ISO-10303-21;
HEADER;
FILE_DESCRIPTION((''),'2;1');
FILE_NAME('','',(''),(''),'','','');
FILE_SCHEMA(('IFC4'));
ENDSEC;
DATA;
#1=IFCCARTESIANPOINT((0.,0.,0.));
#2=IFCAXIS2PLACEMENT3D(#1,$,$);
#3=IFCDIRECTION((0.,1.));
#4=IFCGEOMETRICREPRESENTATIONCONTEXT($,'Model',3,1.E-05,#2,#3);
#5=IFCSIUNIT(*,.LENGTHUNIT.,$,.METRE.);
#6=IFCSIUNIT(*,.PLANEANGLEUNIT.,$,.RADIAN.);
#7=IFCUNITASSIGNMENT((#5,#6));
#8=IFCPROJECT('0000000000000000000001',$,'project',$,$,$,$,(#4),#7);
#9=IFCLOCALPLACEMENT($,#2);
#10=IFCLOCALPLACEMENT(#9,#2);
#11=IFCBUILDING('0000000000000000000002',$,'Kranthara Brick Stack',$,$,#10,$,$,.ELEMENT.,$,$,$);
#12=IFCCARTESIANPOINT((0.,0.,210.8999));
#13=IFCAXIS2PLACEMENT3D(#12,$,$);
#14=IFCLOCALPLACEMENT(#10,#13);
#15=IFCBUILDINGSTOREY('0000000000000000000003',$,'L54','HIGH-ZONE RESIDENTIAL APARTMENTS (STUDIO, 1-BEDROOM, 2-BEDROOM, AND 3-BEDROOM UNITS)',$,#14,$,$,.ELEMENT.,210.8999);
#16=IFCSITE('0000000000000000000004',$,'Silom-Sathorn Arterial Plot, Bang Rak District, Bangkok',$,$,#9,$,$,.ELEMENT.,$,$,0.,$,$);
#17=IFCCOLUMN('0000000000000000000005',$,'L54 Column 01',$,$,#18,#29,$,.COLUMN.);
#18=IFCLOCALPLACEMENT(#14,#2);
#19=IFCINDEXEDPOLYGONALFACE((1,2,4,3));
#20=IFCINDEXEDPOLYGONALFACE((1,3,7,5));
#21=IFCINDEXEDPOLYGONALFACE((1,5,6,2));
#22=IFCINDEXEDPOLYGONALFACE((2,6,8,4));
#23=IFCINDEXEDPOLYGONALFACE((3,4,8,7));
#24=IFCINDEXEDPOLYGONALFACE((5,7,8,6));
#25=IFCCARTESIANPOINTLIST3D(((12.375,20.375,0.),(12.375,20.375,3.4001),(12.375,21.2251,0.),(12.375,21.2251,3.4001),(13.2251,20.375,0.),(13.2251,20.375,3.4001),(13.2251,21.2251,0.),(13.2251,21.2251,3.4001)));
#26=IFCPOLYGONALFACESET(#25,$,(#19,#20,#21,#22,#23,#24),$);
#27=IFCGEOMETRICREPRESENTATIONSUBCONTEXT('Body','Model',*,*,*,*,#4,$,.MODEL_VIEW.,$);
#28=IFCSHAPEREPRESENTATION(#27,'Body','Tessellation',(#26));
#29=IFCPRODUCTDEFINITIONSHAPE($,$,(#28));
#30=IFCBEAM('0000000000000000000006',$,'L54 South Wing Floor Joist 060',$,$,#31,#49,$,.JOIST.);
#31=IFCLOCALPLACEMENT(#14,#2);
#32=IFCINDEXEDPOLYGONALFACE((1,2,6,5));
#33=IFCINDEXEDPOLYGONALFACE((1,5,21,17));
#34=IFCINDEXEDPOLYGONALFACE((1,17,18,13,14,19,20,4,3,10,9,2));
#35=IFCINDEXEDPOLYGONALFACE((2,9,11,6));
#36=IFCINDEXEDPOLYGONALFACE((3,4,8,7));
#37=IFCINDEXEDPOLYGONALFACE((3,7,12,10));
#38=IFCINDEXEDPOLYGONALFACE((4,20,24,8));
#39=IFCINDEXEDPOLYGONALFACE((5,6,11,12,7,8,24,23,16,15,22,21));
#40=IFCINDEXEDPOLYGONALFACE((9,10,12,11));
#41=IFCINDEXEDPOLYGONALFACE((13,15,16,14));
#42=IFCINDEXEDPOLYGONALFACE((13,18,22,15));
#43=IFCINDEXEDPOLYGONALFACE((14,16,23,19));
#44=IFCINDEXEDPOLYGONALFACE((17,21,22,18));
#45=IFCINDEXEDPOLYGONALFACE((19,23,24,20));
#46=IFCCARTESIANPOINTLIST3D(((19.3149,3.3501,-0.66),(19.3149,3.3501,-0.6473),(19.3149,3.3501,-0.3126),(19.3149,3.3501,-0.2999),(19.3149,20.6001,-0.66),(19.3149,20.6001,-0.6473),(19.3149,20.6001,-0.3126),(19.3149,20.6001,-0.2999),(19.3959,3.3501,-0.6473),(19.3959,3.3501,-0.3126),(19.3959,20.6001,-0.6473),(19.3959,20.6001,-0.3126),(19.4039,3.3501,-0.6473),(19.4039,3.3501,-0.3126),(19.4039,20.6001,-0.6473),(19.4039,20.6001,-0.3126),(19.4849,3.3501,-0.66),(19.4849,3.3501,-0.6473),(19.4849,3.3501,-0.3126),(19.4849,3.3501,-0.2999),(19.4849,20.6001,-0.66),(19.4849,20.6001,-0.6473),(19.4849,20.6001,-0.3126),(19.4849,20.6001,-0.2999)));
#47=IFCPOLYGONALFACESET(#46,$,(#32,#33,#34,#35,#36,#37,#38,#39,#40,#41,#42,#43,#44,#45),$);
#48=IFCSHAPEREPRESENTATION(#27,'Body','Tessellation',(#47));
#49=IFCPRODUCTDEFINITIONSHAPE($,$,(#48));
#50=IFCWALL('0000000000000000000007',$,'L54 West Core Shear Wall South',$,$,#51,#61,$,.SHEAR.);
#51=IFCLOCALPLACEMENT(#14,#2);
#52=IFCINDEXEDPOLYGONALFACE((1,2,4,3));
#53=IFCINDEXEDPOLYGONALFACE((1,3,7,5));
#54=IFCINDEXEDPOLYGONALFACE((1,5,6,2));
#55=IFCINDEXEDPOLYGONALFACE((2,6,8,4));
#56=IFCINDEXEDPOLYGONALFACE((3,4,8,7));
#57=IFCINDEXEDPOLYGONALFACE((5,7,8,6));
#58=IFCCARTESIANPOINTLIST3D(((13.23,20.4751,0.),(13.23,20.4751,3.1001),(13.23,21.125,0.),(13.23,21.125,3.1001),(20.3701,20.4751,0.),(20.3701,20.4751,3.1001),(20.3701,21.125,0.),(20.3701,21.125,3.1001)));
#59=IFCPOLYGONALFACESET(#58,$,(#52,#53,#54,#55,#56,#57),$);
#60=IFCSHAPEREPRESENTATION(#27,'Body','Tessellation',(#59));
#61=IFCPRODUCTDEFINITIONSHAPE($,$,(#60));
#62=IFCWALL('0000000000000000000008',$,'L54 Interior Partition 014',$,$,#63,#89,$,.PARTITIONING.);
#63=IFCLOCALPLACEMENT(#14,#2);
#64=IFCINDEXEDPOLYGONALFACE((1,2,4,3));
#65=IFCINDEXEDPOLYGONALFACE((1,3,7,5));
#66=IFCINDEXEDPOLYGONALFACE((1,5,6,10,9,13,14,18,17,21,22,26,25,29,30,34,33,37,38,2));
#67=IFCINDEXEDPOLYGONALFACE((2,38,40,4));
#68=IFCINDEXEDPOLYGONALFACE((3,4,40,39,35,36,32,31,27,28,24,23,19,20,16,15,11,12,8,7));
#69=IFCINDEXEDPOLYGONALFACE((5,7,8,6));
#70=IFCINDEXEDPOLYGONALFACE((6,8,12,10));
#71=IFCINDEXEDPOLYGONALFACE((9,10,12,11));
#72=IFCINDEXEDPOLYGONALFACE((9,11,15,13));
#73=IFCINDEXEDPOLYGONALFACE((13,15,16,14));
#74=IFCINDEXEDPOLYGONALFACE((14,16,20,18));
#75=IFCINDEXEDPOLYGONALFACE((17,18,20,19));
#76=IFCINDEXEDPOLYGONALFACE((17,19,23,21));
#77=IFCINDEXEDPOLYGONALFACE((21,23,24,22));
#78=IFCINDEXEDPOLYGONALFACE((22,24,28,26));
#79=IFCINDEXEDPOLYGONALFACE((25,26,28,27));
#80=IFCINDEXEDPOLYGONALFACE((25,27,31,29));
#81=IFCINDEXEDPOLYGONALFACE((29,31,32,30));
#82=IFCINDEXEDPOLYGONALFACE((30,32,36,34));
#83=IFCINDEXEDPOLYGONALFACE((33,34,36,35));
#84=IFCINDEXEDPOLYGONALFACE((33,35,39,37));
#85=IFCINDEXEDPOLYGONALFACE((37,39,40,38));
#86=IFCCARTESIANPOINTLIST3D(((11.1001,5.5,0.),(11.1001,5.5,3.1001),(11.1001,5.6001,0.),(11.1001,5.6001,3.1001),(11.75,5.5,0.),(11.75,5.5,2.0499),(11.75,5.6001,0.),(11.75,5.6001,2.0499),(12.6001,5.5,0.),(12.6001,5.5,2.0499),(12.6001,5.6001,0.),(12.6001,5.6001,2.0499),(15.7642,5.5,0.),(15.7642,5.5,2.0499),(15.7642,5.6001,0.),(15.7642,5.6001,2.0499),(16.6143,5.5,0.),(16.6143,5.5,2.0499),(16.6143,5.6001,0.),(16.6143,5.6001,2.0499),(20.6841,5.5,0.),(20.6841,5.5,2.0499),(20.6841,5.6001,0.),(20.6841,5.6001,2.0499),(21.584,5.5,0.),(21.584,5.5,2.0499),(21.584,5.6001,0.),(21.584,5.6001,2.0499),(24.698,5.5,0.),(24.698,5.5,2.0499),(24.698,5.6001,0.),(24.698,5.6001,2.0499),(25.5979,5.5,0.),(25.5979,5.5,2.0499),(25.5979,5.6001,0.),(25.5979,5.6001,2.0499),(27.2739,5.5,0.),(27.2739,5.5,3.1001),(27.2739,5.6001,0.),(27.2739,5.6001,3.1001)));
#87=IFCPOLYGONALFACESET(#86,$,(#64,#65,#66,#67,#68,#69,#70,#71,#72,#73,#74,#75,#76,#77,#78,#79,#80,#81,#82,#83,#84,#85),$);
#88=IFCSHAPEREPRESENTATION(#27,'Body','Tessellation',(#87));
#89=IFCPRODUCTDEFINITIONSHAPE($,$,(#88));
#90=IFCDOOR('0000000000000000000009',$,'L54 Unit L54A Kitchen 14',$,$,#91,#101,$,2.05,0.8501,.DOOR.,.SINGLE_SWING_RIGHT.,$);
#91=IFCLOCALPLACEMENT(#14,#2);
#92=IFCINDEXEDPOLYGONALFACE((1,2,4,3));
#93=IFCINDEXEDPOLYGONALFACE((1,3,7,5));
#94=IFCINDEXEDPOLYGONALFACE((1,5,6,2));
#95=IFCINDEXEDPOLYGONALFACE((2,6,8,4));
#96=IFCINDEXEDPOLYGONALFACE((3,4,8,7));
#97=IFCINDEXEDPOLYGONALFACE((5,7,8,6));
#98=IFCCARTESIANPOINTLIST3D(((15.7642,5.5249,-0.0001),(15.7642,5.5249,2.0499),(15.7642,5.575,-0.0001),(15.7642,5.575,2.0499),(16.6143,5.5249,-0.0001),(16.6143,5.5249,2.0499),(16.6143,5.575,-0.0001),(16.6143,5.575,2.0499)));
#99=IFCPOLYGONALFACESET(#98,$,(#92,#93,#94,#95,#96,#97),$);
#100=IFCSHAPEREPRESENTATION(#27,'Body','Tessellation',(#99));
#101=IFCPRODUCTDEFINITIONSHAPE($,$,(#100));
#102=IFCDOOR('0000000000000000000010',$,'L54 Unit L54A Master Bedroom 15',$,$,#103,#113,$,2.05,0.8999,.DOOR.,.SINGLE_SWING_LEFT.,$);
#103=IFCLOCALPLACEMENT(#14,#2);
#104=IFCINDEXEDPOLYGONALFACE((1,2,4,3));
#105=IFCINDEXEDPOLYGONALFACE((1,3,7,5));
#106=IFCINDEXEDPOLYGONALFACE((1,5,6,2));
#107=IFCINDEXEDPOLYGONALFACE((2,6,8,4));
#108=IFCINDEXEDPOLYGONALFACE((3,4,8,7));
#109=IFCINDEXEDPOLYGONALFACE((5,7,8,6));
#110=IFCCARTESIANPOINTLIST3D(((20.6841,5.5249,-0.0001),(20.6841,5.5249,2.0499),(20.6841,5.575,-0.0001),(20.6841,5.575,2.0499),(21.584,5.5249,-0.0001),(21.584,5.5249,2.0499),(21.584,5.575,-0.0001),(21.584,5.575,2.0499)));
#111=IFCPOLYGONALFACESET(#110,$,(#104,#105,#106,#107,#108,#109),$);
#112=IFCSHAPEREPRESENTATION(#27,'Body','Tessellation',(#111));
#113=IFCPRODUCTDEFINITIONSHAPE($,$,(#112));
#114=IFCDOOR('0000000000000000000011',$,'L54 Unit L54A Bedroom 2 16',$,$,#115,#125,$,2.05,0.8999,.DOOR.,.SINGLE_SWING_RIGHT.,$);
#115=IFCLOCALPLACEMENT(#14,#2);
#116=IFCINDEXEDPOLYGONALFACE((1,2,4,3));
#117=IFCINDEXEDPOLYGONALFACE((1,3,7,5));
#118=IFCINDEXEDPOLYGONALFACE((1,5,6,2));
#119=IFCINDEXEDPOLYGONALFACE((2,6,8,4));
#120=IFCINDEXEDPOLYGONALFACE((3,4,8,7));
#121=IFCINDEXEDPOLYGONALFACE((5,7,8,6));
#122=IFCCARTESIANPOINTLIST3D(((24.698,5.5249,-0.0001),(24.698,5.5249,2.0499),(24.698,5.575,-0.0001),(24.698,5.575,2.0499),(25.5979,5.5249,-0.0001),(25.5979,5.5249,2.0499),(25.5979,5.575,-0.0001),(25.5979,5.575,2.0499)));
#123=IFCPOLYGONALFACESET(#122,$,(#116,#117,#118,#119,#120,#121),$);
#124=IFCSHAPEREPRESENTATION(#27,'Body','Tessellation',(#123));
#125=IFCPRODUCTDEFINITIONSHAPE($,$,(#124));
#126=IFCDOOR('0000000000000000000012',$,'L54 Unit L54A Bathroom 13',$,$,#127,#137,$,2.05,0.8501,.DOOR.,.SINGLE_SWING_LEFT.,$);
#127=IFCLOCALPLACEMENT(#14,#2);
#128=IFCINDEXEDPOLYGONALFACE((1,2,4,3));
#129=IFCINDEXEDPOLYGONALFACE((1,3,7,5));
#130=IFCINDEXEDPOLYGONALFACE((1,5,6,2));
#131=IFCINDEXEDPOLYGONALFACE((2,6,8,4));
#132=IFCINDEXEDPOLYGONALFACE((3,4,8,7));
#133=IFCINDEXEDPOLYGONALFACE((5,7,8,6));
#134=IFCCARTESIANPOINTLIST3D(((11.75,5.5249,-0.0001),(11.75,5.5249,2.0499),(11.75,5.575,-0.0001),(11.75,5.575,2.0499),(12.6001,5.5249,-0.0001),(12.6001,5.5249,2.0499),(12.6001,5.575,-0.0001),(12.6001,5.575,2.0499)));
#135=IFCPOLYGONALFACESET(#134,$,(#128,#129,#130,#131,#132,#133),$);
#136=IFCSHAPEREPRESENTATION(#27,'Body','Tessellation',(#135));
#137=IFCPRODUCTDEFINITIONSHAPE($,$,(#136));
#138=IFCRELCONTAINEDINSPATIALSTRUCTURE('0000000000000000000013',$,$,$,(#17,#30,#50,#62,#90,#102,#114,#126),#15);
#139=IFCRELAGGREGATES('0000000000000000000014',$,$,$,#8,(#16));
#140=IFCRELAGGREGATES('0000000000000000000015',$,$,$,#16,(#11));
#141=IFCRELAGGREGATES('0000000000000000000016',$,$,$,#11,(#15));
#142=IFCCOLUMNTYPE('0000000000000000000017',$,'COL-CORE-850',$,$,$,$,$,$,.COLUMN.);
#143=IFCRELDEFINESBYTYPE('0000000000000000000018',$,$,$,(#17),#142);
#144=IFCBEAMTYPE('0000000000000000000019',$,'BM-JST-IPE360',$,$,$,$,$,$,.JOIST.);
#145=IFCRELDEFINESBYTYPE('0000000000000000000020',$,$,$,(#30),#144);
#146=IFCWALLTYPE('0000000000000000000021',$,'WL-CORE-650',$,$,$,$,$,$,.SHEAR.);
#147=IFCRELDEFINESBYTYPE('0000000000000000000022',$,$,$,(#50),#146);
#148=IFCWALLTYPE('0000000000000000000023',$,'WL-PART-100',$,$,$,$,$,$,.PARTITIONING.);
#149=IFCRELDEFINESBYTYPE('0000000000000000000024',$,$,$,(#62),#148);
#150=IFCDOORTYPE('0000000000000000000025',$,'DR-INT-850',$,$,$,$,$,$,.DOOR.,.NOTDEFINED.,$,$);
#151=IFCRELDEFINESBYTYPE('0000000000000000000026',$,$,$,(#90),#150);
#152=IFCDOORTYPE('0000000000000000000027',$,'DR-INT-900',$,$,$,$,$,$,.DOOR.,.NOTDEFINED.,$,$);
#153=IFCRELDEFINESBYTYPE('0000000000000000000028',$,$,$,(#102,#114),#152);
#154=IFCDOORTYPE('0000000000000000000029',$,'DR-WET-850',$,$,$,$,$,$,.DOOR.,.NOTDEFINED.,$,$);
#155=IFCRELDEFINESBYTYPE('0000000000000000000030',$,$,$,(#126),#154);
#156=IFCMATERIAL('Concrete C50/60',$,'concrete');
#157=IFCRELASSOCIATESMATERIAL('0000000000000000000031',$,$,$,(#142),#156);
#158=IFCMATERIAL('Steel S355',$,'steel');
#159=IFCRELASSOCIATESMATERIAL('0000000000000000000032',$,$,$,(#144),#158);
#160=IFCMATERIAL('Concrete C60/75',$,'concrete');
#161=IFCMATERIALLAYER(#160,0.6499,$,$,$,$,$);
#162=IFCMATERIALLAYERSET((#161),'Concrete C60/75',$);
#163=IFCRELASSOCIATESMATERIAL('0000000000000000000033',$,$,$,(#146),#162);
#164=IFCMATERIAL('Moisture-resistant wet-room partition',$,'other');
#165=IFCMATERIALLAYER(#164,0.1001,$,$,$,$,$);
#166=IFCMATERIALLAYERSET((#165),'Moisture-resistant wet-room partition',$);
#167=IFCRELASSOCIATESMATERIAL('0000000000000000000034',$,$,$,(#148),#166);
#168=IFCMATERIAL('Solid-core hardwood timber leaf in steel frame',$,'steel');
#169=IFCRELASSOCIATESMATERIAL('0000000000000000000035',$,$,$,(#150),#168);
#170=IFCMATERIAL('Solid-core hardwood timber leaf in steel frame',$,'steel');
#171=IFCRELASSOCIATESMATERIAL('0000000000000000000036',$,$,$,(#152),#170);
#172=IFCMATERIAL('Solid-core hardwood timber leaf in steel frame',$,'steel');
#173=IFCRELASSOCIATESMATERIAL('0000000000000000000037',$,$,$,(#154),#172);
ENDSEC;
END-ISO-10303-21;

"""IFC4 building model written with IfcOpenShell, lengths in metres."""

from ifc_helpers import new_model, si_unit, direction, frame, frame_2d, origin, origin_2d, place, context, subcontext, project, spatial, rectangle, i_section, extrude, material, layer, layer_set, material_profile, profile_set, type_object, element, fill, save


model = new_model("IFC4")

# Units and contexts
model_context = context("Model", 3, precision=1e-05, world=origin(), true_north=direction((0.0, 1.0)))
body_context = subcontext(model_context, "Body", "Model", "MODEL_VIEW")
ifc_project = project(units=[si_unit("LENGTHUNIT", "METRE"), si_unit("PLANEANGLEUNIT", "RADIAN")], contexts=[model_context])

# Site, building, storey
site_placement = place(None, origin())
site = spatial("IfcSite", under=ifc_project, at=site_placement, Name="Silom-Sathorn Arterial Plot, Bang Rak District, Bangkok", CompositionType="ELEMENT", RefElevation=0.0)
building_placement = place(site_placement, origin())
building = spatial("IfcBuilding", under=site, at=building_placement, Name="Kranthara Brick Stack", CompositionType="ELEMENT")
storey_placement = place(building_placement, frame((0.0, 0.0, 210.8999)))
storey = spatial("IfcBuildingStorey", under=building, at=storey_placement, Name="L54", Description="HIGH-ZONE RESIDENTIAL APARTMENTS (STUDIO, 1-BEDROOM, 2-BEDROOM, AND 3-BEDROOM UNITS)", CompositionType="ELEMENT", Elevation=210.8999)

# Column
ifc_material_1 = material(Name="Concrete C50/60", Category="concrete")
ifc_material_profile_1 = material_profile(ifc_material_1, rectangle(XDim=0.8501, YDim=0.8501, at=origin_2d()), Name="RC 850x850")
ifc_profile_set_1 = profile_set([ifc_material_profile_1], Name="Concrete C50/60")
column_type = type_object("IfcColumnType", Name="COL-CORE-850", PredefinedType="COLUMN", material=ifc_profile_set_1)
column_placement = place(storey_placement, frame((12.8, 20.8, 0.0), z_axis=(0.0, 0.0, 1.0), x_axis=(1.0, 0.0, 0.0)))
element("IfcColumn", 1, at=column_placement, inside=storey, type_object=column_type, Name="L54 Column 01", PredefinedType="COLUMN", context=body_context, shape_type="SweptSolid", body=[
    extrude(rectangle(XDim=0.8501, YDim=0.8501, at=origin_2d()), origin(), (0.0, 0.0, 1.0), 3.4001),
])

# Beam
ifc_material_2 = material(Name="Steel S355", Category="steel")
ifc_material_profile_2 = material_profile(ifc_material_2, i_section(OverallWidth=0.1699, OverallDepth=0.3601, WebThickness=0.0081, FlangeThickness=0.0127, at=origin_2d()), Name="IPE 360")
ifc_profile_set_2 = profile_set([ifc_material_profile_2], Name="Steel S355")
beam_type = type_object("IfcBeamType", Name="BM-JST-IPE360", PredefinedType="JOIST", material=ifc_profile_set_2)
beam_placement = place(storey_placement, frame((19.3999, 3.3501, -0.48), z_axis=(0.0, 1.0, 0.0), x_axis=(-1.0, 0.0, 0.0)))
element("IfcBeam", 2, at=beam_placement, inside=storey, type_object=beam_type, Name="L54 South Wing Floor Joist 060", PredefinedType="JOIST", context=body_context, shape_type="SweptSolid", body=[
    extrude(i_section(OverallWidth=0.1699, OverallDepth=0.3601, WebThickness=0.0081, FlangeThickness=0.0127, at=origin_2d()), origin(), (0.0, 0.0, 1.0), 17.25),
])

# Wall
ifc_material_3 = material(Name="Concrete C60/75", Category="concrete")
ifc_layer_1 = layer(ifc_material_3, 0.6499)
ifc_layer_set_1 = layer_set([ifc_layer_1], Name="Concrete C60/75")
wall_type_1 = type_object("IfcWallType", Name="WL-CORE-650", PredefinedType="SHEAR", material=ifc_layer_set_1)
wall_1_placement = place(storey_placement, frame((13.23, 20.8, 0.0), z_axis=(0.0, 0.0, 1.0), x_axis=(1.0, 0.0, 0.0)))
element("IfcWall", 3, at=wall_1_placement, inside=storey, type_object=wall_type_1, Name="L54 West Core Shear Wall South", PredefinedType="SHEAR", context=body_context, shape_type="SweptSolid", body=[
    extrude(rectangle(XDim=7.1401, YDim=0.6499, at=frame_2d((3.5701, 0.0))), origin(), (0.0, 0.0, 1.0), 3.1001),
])

# Wall, openings, doors
ifc_material_4 = material(Name="Moisture-resistant wet-room partition", Category="other")
ifc_layer_2 = layer(ifc_material_4, 0.1001)
ifc_layer_set_2 = layer_set([ifc_layer_2], Name="Moisture-resistant wet-room partition")
wall_type_2 = type_object("IfcWallType", Name="WL-PART-100", PredefinedType="PARTITIONING", material=ifc_layer_set_2)
wall_2_placement = place(storey_placement, frame((11.1001, 5.55, 0.0), z_axis=(0.0, 0.0, 1.0), x_axis=(1.0, 0.0, 0.0)))
wall_2 = element("IfcWall", 4, at=wall_2_placement, inside=storey, type_object=wall_type_2, Name="L54 Interior Partition 014", PredefinedType="PARTITIONING", context=body_context, shape_type="SweptSolid", body=[
    extrude(rectangle(XDim=16.1738, YDim=0.1001, at=frame_2d((8.0869, 0.0))), origin(), (0.0, 0.0, 1.0), 3.1001),
])
opening_1_placement = place(wall_2_placement, frame((0.6499, 0.0, 0.0)))
opening_1 = element("IfcOpeningElement", 5, at=opening_1_placement, cuts=wall_2, PredefinedType="OPENING", context=body_context, shape_type="SweptSolid", body=[
    extrude(rectangle(XDim=0.8501, YDim=2.05, at=frame_2d((0.425, 1.0249))), frame((0.0, 0.0601, 0.0), z_axis=(0.0, -1.0, 0.0), x_axis=(1.0, 0.0, 0.0)), (0.0, 0.0, 1.0), 0.1201),
])
opening_2_placement = place(wall_2_placement, frame((4.6641, 0.0, 0.0)))
opening_2 = element("IfcOpeningElement", 6, at=opening_2_placement, cuts=wall_2, PredefinedType="OPENING", context=body_context, shape_type="SweptSolid", body=[
    extrude(rectangle(XDim=0.8501, YDim=2.05, at=frame_2d((0.425, 1.0249))), frame((0.0, 0.0601, 0.0), z_axis=(0.0, -1.0, 0.0), x_axis=(1.0, 0.0, 0.0)), (0.0, 0.0, 1.0), 0.1201),
])
opening_3_placement = place(wall_2_placement, frame((9.584, 0.0, 0.0)))
opening_3 = element("IfcOpeningElement", 7, at=opening_3_placement, cuts=wall_2, PredefinedType="OPENING", context=body_context, shape_type="SweptSolid", body=[
    extrude(rectangle(XDim=0.8999, YDim=2.05, at=frame_2d((0.45, 1.0249))), frame((0.0, 0.0601, 0.0), z_axis=(0.0, -1.0, 0.0), x_axis=(1.0, 0.0, 0.0)), (0.0, 0.0, 1.0), 0.1201),
])
opening_4_placement = place(wall_2_placement, frame((13.5979, 0.0, 0.0)))
opening_4 = element("IfcOpeningElement", 8, at=opening_4_placement, cuts=wall_2, PredefinedType="OPENING", context=body_context, shape_type="SweptSolid", body=[
    extrude(rectangle(XDim=0.8999, YDim=2.05, at=frame_2d((0.45, 1.0249))), frame((0.0, 0.0601, 0.0), z_axis=(0.0, -1.0, 0.0), x_axis=(1.0, 0.0, 0.0)), (0.0, 0.0, 1.0), 0.1201),
])
ifc_material_5 = material(Name="Solid-core hardwood timber leaf in steel frame", Category="steel")
door_type_1 = type_object("IfcDoorType", Name="DR-INT-850", OperationType="NOTDEFINED", PredefinedType="DOOR", material=ifc_material_5)
door_1_placement = place(opening_2_placement, origin())
door_1 = element("IfcDoor", 9, at=door_1_placement, inside=storey, type_object=door_type_1, Name="L54 Unit L54A Kitchen 14", OperationType="SINGLE_SWING_RIGHT", OverallHeight=2.05, OverallWidth=0.8501, PredefinedType="DOOR", context=body_context, shape_type="SweptSolid", body=[
    extrude(rectangle(XDim=0.8501, YDim=2.05, at=frame_2d((0.425, 1.0249))), frame((0.0, 0.0249, 0.0), z_axis=(0.0, -1.0, 0.0), x_axis=(1.0, 0.0, 0.0)), (0.0, 0.0, 1.0), 0.05),
])
fill(opening_2, door_1)
ifc_material_6 = material(Name="Solid-core hardwood timber leaf in steel frame", Category="steel")
door_type_2 = type_object("IfcDoorType", Name="DR-INT-900", OperationType="NOTDEFINED", PredefinedType="DOOR", material=ifc_material_6)
door_2_placement = place(opening_3_placement, origin())
door_2 = element("IfcDoor", 10, at=door_2_placement, inside=storey, type_object=door_type_2, Name="L54 Unit L54A Master Bedroom 15", OperationType="SINGLE_SWING_LEFT", OverallHeight=2.05, OverallWidth=0.8999, PredefinedType="DOOR", context=body_context, shape_type="SweptSolid", body=[
    extrude(rectangle(XDim=0.8999, YDim=2.05, at=frame_2d((0.45, 1.0249))), frame((0.0, 0.0249, 0.0), z_axis=(0.0, -1.0, 0.0), x_axis=(1.0, 0.0, 0.0)), (0.0, 0.0, 1.0), 0.05),
])
fill(opening_3, door_2)
door_3_placement = place(opening_4_placement, origin())
door_3 = element("IfcDoor", 11, at=door_3_placement, inside=storey, type_object=door_type_2, Name="L54 Unit L54A Bedroom 2 16", OperationType="SINGLE_SWING_RIGHT", OverallHeight=2.05, OverallWidth=0.8999, PredefinedType="DOOR", context=body_context, shape_type="SweptSolid", body=[
    extrude(rectangle(XDim=0.8999, YDim=2.05, at=frame_2d((0.45, 1.0249))), frame((0.0, 0.0249, 0.0), z_axis=(0.0, -1.0, 0.0), x_axis=(1.0, 0.0, 0.0)), (0.0, 0.0, 1.0), 0.05),
])
fill(opening_4, door_3)
ifc_material_7 = material(Name="Solid-core hardwood timber leaf in steel frame", Category="steel")
door_type_3 = type_object("IfcDoorType", Name="DR-WET-850", OperationType="NOTDEFINED", PredefinedType="DOOR", material=ifc_material_7)
door_4_placement = place(opening_1_placement, origin())
door_4 = element("IfcDoor", 12, at=door_4_placement, inside=storey, type_object=door_type_3, Name="L54 Unit L54A Bathroom 13", OperationType="SINGLE_SWING_LEFT", OverallHeight=2.05, OverallWidth=0.8501, PredefinedType="DOOR", context=body_context, shape_type="SweptSolid", body=[
    extrude(rectangle(XDim=0.8501, YDim=2.05, at=frame_2d((0.425, 1.0249))), frame((0.0, 0.0249, 0.0), z_axis=(0.0, -1.0, 0.0), x_axis=(1.0, 0.0, 0.0)), (0.0, 0.0, 1.0), 0.05),
])
fill(opening_1, door_4)

save(model, "model.ifc")
